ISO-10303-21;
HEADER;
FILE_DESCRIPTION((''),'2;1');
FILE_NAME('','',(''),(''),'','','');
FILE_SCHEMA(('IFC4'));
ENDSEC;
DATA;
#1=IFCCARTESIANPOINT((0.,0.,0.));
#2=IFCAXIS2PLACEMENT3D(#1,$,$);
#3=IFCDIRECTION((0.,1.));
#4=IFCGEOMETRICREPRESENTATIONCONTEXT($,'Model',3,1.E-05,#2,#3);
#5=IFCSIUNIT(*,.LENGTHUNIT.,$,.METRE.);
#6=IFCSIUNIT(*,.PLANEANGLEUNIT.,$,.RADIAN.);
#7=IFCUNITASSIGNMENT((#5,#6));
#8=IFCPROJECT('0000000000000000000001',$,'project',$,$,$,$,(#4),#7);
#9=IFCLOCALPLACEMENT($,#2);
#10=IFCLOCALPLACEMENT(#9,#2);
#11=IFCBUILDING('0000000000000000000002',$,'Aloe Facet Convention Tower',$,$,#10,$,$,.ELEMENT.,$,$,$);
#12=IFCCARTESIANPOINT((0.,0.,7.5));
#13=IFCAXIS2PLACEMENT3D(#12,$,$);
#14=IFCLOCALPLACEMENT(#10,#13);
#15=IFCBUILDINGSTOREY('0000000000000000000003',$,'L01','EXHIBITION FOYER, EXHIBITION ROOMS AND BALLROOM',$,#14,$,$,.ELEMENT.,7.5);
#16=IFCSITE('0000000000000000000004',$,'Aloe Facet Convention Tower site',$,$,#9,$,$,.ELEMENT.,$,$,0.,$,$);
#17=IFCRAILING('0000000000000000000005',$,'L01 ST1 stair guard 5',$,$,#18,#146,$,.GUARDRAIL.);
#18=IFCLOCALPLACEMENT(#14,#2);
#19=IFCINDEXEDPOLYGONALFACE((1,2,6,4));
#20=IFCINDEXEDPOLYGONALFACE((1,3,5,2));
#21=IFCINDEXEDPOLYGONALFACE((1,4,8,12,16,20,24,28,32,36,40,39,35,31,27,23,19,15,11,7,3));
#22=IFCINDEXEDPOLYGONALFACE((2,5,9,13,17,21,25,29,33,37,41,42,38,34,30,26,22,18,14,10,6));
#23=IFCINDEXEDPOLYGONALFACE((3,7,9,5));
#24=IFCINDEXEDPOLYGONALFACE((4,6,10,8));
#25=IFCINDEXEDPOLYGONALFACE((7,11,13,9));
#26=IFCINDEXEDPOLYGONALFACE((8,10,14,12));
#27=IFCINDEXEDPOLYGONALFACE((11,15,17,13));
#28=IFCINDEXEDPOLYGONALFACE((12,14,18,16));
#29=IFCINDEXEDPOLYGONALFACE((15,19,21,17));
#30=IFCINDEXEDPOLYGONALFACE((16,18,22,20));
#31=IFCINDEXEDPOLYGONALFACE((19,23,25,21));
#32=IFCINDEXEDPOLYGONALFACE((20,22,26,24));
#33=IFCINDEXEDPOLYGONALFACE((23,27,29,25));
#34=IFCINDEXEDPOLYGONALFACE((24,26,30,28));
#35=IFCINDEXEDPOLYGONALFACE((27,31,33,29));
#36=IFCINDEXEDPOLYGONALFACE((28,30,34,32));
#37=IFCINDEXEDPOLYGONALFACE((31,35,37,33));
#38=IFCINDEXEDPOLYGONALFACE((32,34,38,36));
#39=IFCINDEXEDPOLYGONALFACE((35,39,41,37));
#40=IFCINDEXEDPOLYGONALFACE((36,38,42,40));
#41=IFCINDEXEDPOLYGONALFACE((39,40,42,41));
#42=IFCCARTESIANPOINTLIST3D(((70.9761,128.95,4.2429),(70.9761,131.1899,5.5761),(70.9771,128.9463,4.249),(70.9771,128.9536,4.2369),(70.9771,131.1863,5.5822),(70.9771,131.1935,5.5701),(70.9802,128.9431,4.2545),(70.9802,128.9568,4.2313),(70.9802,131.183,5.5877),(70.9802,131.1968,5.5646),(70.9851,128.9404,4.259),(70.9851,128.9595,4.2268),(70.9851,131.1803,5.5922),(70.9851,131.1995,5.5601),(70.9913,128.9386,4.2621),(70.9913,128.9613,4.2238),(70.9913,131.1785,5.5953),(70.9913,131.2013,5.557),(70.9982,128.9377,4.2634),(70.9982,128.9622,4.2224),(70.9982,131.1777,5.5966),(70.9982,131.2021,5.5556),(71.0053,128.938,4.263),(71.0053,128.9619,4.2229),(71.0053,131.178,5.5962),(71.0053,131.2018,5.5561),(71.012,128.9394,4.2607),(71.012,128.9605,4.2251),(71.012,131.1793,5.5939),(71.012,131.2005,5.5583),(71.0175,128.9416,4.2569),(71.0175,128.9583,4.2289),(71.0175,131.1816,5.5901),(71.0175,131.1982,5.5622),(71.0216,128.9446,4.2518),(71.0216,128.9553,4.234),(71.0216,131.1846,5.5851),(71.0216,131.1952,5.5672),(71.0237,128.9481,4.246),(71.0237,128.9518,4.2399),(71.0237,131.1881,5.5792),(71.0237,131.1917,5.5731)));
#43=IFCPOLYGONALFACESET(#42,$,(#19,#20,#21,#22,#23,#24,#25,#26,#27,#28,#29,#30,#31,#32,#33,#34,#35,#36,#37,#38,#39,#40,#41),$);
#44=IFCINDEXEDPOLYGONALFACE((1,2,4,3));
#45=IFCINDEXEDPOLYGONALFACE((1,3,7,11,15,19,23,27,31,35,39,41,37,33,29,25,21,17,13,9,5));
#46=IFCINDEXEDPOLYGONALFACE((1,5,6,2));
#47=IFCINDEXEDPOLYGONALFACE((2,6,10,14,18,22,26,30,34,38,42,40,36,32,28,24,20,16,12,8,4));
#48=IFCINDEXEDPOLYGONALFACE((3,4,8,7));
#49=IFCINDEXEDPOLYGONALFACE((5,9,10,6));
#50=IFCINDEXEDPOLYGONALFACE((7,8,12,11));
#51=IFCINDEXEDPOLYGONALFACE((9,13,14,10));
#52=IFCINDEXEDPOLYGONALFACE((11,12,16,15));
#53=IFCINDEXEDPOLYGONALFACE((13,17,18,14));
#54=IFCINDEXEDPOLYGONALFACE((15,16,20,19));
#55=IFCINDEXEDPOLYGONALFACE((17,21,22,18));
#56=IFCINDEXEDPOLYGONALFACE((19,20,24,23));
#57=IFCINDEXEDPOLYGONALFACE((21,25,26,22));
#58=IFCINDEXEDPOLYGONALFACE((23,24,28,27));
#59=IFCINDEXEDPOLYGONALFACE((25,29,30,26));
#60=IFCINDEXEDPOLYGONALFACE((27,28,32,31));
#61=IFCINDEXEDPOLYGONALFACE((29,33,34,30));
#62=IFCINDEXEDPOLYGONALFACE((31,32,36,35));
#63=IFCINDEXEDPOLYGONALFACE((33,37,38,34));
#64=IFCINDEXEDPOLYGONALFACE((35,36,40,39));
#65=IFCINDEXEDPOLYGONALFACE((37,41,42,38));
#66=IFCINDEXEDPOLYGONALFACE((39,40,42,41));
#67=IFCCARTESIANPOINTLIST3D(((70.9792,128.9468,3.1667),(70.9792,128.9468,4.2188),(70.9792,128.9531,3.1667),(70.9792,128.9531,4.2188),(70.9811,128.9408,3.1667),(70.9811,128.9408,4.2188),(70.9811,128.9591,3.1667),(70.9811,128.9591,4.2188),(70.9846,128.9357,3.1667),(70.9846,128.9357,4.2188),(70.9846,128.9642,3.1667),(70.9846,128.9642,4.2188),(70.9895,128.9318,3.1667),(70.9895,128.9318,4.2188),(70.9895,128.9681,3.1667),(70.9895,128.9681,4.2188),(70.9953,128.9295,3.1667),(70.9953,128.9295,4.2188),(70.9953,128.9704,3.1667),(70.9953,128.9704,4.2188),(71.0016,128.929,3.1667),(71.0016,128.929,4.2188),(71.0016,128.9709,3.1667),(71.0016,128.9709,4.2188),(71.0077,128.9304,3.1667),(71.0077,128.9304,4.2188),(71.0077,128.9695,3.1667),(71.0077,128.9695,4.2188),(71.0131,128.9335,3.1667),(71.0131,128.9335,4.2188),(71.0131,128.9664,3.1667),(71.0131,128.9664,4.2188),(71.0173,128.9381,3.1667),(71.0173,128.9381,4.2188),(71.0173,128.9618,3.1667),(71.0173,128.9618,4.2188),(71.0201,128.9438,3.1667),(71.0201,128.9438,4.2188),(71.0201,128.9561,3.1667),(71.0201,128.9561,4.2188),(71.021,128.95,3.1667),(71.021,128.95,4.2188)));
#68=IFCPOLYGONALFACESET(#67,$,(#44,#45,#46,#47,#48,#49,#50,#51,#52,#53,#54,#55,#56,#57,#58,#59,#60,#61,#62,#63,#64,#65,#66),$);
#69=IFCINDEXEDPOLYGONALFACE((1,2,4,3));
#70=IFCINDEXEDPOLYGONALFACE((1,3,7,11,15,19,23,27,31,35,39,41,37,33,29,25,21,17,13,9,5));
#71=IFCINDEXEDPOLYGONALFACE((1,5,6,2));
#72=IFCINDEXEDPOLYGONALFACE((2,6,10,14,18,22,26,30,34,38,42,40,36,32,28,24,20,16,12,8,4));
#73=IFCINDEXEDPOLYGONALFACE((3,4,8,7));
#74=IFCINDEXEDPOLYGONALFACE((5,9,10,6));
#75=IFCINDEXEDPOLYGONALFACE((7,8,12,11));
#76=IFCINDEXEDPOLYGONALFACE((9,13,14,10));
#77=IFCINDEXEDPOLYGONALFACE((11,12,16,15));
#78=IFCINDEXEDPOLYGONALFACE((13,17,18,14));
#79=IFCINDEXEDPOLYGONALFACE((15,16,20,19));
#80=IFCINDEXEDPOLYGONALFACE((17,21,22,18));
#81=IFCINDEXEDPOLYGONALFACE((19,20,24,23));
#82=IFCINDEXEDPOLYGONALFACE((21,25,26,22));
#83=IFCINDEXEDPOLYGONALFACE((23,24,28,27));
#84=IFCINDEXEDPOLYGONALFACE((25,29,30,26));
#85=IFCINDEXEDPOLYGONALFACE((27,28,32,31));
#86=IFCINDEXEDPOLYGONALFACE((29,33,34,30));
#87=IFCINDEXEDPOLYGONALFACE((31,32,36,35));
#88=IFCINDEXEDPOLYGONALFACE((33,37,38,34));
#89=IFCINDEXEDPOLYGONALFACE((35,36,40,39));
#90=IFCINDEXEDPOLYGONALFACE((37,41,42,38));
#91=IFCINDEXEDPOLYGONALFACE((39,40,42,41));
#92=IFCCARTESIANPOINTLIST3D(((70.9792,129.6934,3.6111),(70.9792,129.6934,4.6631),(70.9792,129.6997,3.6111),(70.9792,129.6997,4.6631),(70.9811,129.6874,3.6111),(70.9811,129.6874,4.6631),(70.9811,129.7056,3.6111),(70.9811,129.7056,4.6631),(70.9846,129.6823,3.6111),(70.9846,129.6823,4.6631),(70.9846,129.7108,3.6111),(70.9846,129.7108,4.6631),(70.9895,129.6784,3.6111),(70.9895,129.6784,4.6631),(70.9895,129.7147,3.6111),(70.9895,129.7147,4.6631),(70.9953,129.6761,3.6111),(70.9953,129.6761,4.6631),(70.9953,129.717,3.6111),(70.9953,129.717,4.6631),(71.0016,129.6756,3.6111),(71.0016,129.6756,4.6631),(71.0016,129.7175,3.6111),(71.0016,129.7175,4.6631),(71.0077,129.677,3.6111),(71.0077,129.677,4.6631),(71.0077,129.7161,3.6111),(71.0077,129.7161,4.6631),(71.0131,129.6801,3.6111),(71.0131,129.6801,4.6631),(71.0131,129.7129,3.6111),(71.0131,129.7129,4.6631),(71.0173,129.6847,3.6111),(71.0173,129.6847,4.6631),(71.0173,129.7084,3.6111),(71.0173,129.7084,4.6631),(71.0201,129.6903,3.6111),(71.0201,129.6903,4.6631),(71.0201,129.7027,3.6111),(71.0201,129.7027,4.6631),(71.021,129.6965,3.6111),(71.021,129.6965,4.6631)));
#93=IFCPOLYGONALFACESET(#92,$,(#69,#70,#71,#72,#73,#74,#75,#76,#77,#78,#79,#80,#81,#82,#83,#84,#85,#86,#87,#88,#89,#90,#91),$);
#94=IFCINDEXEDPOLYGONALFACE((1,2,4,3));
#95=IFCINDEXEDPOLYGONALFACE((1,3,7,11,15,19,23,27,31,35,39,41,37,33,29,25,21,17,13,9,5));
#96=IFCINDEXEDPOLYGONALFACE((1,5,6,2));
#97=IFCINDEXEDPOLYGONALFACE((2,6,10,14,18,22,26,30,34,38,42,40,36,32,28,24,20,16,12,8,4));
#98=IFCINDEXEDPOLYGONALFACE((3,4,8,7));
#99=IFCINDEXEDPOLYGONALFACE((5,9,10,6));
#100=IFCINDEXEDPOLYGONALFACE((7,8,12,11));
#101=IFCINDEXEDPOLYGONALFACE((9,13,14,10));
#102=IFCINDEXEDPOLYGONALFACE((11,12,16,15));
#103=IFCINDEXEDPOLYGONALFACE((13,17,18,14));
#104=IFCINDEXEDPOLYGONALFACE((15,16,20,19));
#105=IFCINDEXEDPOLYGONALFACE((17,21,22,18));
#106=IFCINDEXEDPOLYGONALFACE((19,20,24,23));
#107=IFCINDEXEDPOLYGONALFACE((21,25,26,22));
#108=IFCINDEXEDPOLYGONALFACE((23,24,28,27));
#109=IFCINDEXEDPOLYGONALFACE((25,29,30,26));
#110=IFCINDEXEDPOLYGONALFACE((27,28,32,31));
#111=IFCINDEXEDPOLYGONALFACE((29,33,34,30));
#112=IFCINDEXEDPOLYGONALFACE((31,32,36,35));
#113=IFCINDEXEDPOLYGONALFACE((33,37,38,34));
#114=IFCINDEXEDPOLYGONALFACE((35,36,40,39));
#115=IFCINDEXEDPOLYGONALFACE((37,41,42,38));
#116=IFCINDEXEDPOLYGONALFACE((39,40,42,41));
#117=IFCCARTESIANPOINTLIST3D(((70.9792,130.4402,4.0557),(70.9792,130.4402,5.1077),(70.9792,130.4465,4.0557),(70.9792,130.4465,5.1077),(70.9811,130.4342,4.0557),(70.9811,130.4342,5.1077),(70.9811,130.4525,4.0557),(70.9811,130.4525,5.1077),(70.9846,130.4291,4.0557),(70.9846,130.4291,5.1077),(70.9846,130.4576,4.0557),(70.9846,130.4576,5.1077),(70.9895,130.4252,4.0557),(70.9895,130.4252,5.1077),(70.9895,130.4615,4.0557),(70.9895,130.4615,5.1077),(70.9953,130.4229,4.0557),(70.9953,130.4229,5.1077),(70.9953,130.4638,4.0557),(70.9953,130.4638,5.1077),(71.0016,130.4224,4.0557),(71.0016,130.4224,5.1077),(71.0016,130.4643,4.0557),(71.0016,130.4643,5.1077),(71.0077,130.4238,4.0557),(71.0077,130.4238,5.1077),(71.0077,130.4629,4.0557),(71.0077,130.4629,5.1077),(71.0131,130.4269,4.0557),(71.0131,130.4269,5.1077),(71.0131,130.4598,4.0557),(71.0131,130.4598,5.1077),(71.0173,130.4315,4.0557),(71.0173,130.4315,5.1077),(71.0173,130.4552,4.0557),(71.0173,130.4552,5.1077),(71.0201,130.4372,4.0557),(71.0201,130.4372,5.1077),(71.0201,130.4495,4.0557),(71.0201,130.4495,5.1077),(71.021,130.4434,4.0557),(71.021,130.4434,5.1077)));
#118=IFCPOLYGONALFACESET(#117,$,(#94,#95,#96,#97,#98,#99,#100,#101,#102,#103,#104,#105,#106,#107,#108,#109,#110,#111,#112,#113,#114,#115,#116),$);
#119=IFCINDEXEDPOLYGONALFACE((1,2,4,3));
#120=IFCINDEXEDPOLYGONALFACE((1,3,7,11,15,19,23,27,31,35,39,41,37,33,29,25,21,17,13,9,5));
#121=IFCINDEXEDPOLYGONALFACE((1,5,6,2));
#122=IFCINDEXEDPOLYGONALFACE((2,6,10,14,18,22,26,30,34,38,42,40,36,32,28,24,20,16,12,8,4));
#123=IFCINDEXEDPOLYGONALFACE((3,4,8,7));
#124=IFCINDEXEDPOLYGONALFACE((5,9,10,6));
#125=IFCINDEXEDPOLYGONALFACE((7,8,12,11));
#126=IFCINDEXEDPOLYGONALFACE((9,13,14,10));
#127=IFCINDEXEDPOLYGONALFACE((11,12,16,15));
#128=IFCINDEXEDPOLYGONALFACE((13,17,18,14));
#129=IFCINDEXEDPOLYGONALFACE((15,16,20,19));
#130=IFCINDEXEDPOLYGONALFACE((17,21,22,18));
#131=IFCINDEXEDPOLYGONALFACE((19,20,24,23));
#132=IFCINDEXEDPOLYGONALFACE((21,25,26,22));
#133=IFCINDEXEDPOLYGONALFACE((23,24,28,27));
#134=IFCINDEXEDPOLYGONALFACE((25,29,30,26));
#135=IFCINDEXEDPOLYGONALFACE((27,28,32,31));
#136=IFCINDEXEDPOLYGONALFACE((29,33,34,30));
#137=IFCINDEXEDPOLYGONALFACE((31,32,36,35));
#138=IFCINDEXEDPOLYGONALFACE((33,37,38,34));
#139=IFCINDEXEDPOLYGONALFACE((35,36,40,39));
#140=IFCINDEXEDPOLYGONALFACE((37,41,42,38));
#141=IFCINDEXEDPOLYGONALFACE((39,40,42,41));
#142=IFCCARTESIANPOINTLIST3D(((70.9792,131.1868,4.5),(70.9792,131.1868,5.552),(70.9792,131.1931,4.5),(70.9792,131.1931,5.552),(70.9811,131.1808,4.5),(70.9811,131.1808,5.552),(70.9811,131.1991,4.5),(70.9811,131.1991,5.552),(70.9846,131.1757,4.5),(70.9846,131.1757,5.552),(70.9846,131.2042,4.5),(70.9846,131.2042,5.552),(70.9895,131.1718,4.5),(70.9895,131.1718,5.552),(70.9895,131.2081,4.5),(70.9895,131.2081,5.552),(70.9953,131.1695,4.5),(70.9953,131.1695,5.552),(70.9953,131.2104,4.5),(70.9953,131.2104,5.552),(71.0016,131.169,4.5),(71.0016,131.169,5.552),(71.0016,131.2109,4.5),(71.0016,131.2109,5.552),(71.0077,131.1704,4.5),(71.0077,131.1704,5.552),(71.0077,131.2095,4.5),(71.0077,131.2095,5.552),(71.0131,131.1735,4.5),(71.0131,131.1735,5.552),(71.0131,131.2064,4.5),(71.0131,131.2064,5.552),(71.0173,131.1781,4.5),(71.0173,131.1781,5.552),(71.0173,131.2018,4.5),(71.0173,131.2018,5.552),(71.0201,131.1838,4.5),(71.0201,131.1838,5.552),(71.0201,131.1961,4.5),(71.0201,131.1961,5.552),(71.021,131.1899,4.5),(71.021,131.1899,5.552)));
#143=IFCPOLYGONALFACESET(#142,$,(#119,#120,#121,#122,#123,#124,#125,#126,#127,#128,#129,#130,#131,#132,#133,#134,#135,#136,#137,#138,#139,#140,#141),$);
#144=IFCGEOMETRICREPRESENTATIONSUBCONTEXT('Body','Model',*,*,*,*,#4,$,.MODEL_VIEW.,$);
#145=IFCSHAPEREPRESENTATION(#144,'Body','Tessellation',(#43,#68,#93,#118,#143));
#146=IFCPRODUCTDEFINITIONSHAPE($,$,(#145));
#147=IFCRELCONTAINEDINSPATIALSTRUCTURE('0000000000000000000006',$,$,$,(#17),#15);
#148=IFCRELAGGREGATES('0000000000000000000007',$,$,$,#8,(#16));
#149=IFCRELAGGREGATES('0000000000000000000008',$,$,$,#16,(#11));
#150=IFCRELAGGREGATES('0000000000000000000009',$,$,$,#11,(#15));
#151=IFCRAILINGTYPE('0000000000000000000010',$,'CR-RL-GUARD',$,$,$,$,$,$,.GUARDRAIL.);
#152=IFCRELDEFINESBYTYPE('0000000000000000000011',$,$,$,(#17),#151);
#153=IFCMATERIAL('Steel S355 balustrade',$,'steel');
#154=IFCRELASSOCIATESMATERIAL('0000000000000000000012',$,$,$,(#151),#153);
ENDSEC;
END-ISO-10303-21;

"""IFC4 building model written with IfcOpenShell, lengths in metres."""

from ifc_helpers import new_model, si_unit, direction, frame, origin, origin_2d, place, context, subcontext, project, spatial, circle, extrude, material, type_object, element, save


model = new_model("IFC4")

# Units and contexts
model_context = context("Model", 3, precision=1e-05, world=origin(), true_north=direction((0.0, 1.0)))
body_context = subcontext(model_context, "Body", "Model", "MODEL_VIEW")
ifc_project = project(units=[si_unit("LENGTHUNIT", "METRE"), si_unit("PLANEANGLEUNIT", "RADIAN")], contexts=[model_context])

# Site, building, storey
site_placement = place(None, origin())
site = spatial("IfcSite", under=ifc_project, at=site_placement, Name="Aloe Facet Convention Tower site", CompositionType="ELEMENT", RefElevation=0.0)
building_placement = place(site_placement, origin())
building = spatial("IfcBuilding", under=site, at=building_placement, Name="Aloe Facet Convention Tower", CompositionType="ELEMENT")
storey_placement = place(building_placement, frame((0.0, 0.0, 7.5)))
storey = spatial("IfcBuildingStorey", under=building, at=storey_placement, Name="L01", Description="EXHIBITION FOYER, EXHIBITION ROOMS AND BALLROOM", CompositionType="ELEMENT", Elevation=7.5)

# Railing
ifc_material_1 = material(Name="Steel S355 balustrade", Category="steel")
railing_type_1 = type_object("IfcRailingType", Name="CR-RL-GUARD", PredefinedType="GUARDRAIL", material=ifc_material_1)
railing_1_placement = place(storey_placement, frame((71.0, 128.95, 3.1667)))
element("IfcRailing", 1, at=railing_1_placement, inside=storey, type_object=railing_type_1, Name="L01 ST1 stair guard 5", PredefinedType="GUARDRAIL", context=body_context, shape_type="SweptSolid", body=[
    extrude(circle(Radius=0.0239, at=origin_2d()), frame((0.0, 0.0, 1.0762), z_axis=(0.0, 0.859306, 0.511462), x_axis=(-1.0, 0.0, 0.0)), (0.0, 0.0, 1.0), 2.6067),
    extrude(circle(Radius=0.021, at=origin_2d()), origin(), (0.0, 0.0, 1.0), 1.052),
    extrude(circle(Radius=0.021, at=origin_2d()), frame((0.0, 0.7466, 0.4443)), (0.0, 0.0, 1.0), 1.052),
    extrude(circle(Radius=0.021, at=origin_2d()), frame((0.0, 1.4934, 0.8889)), (0.0, 0.0, 1.0), 1.052),
    extrude(circle(Radius=0.021, at=origin_2d()), frame((0.0, 2.24, 1.3333)), (0.0, 0.0, 1.0), 1.052),
])

save(model, "model.ifc")
